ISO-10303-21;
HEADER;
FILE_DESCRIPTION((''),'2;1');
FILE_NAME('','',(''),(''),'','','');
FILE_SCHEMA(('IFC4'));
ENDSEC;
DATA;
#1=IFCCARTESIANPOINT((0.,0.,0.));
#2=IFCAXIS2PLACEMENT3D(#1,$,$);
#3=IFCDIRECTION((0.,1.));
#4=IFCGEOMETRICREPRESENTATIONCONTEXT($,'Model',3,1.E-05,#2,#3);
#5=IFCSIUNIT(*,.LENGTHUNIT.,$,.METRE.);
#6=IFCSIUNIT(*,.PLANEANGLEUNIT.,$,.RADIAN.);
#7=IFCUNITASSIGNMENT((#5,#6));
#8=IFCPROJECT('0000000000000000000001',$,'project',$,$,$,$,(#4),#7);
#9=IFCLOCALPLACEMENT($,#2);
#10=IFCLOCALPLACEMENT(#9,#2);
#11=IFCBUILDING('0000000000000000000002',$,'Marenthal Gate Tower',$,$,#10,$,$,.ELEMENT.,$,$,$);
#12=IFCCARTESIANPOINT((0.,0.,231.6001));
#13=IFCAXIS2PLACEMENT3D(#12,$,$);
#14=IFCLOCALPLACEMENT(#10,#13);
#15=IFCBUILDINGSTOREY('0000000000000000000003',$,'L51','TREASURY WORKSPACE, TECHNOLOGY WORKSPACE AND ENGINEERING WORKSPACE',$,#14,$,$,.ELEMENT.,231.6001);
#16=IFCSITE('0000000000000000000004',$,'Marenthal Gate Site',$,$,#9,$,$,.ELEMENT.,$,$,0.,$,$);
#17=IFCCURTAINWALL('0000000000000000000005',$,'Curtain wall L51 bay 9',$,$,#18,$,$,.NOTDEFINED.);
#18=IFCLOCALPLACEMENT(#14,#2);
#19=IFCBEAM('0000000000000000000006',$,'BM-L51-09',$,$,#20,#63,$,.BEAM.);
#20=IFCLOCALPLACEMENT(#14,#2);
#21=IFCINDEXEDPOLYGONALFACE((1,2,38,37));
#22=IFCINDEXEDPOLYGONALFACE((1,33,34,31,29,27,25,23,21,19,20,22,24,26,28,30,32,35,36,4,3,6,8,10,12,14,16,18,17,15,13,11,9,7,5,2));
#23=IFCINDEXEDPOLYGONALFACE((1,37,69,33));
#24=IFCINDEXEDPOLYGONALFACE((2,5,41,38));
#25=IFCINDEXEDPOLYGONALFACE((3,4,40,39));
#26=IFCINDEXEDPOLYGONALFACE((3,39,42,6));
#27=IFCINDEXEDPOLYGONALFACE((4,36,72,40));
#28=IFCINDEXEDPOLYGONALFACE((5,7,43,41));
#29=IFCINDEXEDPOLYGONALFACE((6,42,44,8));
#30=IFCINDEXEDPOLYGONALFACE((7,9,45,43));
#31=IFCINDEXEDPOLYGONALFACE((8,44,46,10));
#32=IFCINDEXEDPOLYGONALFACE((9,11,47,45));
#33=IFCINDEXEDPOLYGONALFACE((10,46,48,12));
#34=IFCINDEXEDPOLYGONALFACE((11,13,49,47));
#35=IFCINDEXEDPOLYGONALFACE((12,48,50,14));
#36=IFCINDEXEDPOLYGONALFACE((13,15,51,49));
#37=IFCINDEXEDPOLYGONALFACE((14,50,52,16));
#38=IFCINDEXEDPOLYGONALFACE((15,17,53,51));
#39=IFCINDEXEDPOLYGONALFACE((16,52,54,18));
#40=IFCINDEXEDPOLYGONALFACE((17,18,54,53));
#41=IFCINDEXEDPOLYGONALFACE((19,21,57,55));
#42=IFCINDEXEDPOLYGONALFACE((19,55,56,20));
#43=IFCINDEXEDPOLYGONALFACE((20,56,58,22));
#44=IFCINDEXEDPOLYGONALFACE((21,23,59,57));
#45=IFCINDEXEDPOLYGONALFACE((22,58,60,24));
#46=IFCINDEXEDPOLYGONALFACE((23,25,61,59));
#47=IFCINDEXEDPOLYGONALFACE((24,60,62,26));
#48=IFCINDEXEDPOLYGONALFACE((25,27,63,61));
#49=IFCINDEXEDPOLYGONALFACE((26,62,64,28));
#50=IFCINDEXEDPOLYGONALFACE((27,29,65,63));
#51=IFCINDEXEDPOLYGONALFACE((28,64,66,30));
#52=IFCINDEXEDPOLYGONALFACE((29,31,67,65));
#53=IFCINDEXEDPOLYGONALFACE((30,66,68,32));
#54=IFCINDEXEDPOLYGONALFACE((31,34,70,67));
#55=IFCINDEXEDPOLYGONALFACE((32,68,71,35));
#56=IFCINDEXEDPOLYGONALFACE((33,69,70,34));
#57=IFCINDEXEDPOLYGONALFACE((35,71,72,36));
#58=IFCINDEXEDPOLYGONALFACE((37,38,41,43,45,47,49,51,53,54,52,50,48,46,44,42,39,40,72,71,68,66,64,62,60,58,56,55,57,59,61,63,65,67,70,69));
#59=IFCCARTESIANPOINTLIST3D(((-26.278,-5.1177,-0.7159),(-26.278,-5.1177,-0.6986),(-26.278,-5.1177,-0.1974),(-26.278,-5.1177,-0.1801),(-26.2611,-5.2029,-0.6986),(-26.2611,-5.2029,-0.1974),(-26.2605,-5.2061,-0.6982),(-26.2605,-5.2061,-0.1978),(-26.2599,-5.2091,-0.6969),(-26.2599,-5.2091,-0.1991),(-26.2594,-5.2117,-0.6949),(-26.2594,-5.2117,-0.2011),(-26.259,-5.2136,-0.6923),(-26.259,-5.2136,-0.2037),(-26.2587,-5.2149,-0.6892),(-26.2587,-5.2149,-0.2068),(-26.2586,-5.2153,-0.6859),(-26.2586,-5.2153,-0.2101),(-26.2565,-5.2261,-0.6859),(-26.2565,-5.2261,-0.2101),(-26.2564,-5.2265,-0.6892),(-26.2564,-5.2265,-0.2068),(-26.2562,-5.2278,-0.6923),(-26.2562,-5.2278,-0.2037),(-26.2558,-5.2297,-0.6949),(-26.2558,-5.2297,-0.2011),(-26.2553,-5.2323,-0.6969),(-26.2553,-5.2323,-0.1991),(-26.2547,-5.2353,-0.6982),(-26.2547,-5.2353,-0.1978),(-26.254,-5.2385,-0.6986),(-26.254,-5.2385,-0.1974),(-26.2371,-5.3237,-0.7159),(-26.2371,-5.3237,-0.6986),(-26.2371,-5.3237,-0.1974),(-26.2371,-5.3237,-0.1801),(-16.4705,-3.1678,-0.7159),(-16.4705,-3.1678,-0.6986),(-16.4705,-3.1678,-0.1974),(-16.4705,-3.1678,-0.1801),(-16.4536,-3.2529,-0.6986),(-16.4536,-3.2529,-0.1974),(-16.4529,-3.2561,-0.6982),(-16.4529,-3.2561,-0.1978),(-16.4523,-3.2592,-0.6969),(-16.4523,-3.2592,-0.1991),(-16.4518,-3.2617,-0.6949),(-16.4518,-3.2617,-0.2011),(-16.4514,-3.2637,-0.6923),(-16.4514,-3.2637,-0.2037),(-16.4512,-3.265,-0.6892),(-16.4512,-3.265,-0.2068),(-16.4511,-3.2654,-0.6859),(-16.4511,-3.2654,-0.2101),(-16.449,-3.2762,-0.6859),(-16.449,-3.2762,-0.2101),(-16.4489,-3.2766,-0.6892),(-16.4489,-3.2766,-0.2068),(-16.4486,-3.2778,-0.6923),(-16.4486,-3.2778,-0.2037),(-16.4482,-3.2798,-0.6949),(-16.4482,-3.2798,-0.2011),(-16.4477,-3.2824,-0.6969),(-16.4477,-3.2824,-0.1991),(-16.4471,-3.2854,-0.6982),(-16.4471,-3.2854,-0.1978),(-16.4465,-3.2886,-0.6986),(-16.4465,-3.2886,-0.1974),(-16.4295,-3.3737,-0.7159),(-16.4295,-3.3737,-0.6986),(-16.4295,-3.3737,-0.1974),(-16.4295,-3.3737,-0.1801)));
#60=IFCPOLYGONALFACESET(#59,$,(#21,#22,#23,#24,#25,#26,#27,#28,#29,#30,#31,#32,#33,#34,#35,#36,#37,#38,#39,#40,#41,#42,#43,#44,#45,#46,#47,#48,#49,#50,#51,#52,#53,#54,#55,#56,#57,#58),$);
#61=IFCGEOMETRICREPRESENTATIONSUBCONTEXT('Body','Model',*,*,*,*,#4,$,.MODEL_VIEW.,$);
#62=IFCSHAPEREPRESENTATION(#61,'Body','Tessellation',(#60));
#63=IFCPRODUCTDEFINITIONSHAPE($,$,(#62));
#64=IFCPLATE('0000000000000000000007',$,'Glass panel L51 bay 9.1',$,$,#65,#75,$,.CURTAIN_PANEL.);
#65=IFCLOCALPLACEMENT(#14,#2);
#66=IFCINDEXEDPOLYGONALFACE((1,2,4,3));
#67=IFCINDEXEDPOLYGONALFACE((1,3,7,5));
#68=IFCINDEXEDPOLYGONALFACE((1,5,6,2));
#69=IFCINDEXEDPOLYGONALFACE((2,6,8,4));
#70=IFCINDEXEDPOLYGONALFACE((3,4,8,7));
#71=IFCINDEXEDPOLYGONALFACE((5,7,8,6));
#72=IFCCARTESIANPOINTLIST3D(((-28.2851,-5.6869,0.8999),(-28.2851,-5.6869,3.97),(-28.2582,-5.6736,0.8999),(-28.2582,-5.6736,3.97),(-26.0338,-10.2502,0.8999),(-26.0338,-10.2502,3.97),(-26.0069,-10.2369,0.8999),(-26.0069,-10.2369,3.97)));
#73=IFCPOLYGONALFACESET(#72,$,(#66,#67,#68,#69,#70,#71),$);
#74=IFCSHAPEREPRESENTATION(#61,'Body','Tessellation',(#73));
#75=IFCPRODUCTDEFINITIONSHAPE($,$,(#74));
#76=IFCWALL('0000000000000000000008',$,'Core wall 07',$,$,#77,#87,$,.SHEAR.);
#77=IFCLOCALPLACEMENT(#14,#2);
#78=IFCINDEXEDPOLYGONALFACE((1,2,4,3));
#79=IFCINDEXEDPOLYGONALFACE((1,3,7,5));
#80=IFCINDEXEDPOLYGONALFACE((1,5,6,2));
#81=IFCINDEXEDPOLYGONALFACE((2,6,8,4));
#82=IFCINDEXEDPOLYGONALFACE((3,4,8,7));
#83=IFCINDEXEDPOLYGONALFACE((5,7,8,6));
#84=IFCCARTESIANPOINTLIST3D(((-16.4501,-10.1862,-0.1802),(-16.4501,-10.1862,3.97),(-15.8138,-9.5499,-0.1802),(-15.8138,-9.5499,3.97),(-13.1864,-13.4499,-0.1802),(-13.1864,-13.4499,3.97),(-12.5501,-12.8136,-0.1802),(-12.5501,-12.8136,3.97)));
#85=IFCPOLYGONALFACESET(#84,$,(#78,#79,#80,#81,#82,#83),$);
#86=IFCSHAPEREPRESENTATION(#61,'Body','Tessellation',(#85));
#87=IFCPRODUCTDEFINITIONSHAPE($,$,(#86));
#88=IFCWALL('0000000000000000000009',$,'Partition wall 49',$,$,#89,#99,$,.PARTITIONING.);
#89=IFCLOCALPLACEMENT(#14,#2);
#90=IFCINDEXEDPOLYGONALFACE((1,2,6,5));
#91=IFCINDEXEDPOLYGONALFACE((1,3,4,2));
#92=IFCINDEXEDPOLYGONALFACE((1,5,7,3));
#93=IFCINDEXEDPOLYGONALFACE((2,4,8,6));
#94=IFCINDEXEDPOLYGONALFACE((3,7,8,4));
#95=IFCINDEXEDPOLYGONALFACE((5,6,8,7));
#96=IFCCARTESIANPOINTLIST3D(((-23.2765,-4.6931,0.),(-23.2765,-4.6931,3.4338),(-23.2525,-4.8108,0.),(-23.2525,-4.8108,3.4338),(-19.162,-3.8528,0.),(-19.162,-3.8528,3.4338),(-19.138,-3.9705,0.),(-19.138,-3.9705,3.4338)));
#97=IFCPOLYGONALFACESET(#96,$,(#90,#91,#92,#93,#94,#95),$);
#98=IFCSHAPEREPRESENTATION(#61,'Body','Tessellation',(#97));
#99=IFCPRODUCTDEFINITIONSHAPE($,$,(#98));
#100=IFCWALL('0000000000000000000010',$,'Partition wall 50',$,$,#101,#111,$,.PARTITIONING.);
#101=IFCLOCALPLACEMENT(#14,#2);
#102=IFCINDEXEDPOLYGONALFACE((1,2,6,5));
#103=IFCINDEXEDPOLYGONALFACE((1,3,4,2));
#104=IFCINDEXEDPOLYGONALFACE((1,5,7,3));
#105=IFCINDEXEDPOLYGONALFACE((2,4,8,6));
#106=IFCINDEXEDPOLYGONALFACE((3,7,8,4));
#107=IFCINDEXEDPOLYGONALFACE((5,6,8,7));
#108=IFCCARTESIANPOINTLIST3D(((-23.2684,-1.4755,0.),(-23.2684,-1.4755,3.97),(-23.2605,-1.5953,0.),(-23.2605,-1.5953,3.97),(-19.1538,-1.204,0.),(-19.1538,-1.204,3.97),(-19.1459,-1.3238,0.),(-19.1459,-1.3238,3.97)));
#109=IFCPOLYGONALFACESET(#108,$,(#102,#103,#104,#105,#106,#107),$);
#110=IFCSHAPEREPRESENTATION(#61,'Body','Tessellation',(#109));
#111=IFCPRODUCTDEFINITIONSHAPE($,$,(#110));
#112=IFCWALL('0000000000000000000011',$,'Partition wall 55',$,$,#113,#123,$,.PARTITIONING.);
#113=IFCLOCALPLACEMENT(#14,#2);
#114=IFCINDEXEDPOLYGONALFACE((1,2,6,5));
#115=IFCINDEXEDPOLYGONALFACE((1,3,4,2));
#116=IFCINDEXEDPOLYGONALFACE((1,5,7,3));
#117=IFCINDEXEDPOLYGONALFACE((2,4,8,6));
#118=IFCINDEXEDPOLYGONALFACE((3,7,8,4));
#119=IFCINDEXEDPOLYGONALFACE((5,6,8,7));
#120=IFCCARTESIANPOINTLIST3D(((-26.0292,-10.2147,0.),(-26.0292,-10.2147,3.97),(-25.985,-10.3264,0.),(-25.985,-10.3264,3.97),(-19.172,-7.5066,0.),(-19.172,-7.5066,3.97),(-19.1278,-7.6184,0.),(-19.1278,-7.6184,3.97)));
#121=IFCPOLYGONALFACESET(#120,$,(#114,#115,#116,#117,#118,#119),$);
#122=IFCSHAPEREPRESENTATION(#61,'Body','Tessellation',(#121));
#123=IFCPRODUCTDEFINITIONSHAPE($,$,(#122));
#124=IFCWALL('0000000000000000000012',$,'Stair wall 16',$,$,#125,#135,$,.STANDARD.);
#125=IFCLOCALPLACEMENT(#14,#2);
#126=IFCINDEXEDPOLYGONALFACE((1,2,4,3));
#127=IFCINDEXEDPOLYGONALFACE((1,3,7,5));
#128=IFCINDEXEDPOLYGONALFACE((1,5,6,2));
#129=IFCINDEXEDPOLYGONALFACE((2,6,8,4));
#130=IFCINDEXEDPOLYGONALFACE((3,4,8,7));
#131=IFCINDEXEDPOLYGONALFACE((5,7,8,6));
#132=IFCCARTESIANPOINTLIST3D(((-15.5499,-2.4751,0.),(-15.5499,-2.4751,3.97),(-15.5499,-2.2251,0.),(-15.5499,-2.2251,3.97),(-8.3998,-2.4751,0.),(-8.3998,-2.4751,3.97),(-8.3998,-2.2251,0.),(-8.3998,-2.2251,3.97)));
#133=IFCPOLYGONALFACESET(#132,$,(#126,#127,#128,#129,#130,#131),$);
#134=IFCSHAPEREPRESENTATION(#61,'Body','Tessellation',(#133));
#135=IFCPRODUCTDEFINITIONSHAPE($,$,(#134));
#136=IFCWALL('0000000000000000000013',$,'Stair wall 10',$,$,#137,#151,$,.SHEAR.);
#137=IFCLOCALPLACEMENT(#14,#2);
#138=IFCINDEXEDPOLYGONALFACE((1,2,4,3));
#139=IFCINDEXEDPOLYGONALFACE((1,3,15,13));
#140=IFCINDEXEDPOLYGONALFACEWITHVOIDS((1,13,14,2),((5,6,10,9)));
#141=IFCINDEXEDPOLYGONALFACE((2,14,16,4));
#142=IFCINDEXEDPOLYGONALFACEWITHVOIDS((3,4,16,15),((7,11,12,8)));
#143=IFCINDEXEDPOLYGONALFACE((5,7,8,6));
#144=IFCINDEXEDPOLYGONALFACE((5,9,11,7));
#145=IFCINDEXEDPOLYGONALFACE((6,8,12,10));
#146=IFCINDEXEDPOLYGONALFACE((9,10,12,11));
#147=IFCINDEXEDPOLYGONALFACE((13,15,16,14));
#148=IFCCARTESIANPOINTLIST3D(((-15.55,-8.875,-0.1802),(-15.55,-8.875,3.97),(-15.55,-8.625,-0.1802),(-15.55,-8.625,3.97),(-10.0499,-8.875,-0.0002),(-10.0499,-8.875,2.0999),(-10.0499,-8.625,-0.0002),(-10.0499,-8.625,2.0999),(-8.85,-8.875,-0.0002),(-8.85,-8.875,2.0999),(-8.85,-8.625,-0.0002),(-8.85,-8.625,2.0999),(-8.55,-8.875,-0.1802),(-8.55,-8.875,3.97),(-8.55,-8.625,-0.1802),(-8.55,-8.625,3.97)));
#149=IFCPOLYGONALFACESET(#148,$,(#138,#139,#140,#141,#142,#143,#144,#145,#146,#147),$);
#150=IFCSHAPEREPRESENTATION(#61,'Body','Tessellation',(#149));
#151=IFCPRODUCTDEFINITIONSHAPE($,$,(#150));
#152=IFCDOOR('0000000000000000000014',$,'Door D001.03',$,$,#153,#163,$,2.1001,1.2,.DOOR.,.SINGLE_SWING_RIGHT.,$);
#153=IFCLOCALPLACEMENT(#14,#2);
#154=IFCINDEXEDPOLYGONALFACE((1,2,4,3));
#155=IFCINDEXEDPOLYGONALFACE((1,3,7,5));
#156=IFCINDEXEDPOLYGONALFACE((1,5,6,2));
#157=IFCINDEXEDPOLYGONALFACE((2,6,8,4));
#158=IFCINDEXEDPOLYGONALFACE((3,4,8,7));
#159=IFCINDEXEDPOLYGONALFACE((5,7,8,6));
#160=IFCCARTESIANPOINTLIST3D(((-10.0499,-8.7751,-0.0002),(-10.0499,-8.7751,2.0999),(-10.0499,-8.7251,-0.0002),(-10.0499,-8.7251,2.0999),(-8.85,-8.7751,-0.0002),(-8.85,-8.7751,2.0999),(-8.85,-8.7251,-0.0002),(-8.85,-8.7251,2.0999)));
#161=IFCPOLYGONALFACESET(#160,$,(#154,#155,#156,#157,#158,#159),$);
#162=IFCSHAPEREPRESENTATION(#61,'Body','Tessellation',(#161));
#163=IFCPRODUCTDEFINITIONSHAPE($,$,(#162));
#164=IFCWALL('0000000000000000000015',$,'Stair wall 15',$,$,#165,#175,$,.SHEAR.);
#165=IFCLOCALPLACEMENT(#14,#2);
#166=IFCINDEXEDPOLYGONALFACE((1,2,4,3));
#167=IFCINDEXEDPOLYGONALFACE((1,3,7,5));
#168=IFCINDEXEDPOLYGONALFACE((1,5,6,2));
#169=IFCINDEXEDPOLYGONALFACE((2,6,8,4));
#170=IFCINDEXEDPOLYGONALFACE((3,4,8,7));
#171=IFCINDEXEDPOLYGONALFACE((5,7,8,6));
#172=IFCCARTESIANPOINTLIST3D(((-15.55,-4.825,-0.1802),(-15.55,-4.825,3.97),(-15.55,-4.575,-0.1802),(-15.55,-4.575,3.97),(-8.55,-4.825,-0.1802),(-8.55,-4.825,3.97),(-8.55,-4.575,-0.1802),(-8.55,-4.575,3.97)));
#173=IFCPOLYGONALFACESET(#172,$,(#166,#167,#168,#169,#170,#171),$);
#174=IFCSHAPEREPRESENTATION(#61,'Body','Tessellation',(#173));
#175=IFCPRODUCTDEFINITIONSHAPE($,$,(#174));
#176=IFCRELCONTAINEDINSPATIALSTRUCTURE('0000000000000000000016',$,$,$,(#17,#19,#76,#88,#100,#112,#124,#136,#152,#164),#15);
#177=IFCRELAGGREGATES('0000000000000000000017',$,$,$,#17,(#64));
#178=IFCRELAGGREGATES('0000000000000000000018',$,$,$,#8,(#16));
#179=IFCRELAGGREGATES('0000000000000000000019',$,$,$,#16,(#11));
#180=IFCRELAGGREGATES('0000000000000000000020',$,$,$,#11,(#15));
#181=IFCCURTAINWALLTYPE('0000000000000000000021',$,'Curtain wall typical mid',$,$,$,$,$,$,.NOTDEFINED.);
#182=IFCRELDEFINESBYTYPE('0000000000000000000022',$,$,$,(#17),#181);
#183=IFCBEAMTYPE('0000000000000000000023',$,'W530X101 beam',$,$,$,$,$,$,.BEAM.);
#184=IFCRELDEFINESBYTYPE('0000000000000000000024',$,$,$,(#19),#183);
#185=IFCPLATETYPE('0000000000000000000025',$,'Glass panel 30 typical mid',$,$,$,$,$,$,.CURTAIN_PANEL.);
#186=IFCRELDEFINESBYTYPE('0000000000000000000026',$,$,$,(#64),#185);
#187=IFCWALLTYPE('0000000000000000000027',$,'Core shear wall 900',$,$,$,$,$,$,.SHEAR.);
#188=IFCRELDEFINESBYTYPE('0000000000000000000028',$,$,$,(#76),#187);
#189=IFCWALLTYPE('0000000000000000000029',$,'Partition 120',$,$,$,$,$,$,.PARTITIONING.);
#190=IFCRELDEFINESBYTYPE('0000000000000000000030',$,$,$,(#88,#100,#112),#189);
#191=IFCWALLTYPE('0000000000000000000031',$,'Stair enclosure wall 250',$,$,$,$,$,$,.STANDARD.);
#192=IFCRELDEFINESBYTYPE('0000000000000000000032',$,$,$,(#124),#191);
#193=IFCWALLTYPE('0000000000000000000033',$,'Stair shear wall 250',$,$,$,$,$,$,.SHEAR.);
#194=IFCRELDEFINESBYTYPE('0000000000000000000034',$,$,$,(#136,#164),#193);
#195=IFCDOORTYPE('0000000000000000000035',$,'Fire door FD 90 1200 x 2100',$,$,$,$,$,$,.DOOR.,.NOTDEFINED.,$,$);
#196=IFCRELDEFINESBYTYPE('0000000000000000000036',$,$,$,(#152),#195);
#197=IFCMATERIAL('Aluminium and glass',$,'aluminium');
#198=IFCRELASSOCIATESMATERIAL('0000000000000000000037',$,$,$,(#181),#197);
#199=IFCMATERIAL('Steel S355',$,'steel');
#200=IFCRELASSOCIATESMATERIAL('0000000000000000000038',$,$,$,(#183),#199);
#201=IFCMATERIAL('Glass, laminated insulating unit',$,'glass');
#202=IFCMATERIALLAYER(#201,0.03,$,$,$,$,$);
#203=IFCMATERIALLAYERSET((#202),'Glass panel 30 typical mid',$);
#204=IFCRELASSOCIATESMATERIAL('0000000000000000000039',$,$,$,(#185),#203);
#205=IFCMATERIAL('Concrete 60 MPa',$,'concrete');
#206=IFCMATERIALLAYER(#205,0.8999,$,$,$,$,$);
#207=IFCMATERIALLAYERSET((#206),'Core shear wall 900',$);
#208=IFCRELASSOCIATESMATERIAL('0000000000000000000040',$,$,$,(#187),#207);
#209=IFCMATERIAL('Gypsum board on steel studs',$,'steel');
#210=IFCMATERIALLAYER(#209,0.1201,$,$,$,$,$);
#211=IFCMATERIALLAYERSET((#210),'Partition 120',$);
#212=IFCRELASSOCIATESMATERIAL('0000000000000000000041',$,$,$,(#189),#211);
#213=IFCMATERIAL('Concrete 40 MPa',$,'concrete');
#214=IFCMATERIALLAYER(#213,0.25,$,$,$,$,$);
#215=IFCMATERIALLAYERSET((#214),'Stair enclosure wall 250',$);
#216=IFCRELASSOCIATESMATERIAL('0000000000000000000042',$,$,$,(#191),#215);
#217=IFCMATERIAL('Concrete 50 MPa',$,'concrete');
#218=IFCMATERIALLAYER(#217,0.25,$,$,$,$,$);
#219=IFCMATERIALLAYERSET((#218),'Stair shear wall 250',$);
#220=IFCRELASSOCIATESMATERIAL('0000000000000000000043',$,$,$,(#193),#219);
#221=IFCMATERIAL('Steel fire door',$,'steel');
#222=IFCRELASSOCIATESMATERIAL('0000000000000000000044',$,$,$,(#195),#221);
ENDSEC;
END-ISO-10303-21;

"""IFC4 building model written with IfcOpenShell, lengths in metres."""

from ifc_helpers import new_model, si_unit, direction, frame, frame_2d, origin, origin_2d, place, context, subcontext, project, spatial, rectangle, i_section, extrude, material, layer, layer_set, material_profile, profile_set, type_object, element, fill, aggregate, save


model = new_model("IFC4")

# Units and contexts
model_context = context("Model", 3, precision=1e-05, world=origin(), true_north=direction((0.0, 1.0)))
body_context = subcontext(model_context, "Body", "Model", "MODEL_VIEW")
ifc_project = project(units=[si_unit("LENGTHUNIT", "METRE"), si_unit("PLANEANGLEUNIT", "RADIAN")], contexts=[model_context])

# Site, building, storey
site_placement = place(None, origin())
site = spatial("IfcSite", under=ifc_project, at=site_placement, Name="Marenthal Gate Site", CompositionType="ELEMENT", RefElevation=0.0)
building_placement = place(site_placement, origin())
building = spatial("IfcBuilding", under=site, at=building_placement, Name="Marenthal Gate Tower", CompositionType="ELEMENT")
storey_placement = place(building_placement, frame((0.0, 0.0, 231.6001)))
storey = spatial("IfcBuildingStorey", under=building, at=storey_placement, Name="L51", Description="TREASURY WORKSPACE, TECHNOLOGY WORKSPACE AND ENGINEERING WORKSPACE", CompositionType="ELEMENT", Elevation=231.6001)

# Curtain wall
ifc_material_1 = material(Name="Aluminium and glass", Category="aluminium")
curtain_wall_type = type_object("IfcCurtainWallType", Name="Curtain wall typical mid", PredefinedType="NOTDEFINED", material=ifc_material_1)
curtain_wall_placement = place(storey_placement, origin())
curtain_wall = element("IfcCurtainWall", 1, at=curtain_wall_placement, inside=storey, type_object=curtain_wall_type, Name="Curtain wall L51 bay 9", PredefinedType="NOTDEFINED")

# Beam
ifc_material_2 = material(Name="Steel S355", Category="steel")
ifc_material_profile_1 = material_profile(ifc_material_2, i_section(OverallWidth=0.21, OverallDepth=0.5359, WebThickness=0.011, FlangeThickness=0.0173, FilletRadius=0.0127, at=origin_2d()), Name="W530X101")
ifc_profile_set_1 = profile_set([ifc_material_profile_1], Name="Steel S355")
beam_type_1 = type_object("IfcBeamType", Name="W530X101 beam", PredefinedType="BEAM", material=ifc_profile_set_1)
beam_1_placement = place(storey_placement, frame((-26.2576, -5.2207, -0.448), z_axis=(0.980803, 0.195003, 0.0), x_axis=(-0.195003, 0.980803, 0.0)))
element("IfcBeam", 2, at=beam_1_placement, inside=storey, type_object=beam_type_1, Name="BM-L51-09", PredefinedType="BEAM", context=body_context, shape_type="SweptSolid", body=[
    extrude(i_section(OverallWidth=0.21, OverallDepth=0.5359, WebThickness=0.011, FlangeThickness=0.0173, FilletRadius=0.0127, at=origin_2d()), origin(), (0.0, 0.0, 1.0), 9.9995),
])

# Plate
ifc_material_3 = material(Name="Glass, laminated insulating unit", Category="glass")
ifc_layer_1 = layer(ifc_material_3, 0.03)
ifc_layer_set_1 = layer_set([ifc_layer_1], Name="Glass panel 30 typical mid")
plate_type = type_object("IfcPlateType", Name="Glass panel 30 typical mid", PredefinedType="CURTAIN_PANEL", material=ifc_layer_set_1)
plate_placement = place(storey_placement, frame((-27.146, -7.9619, 0.8999), z_axis=(0.0, 0.0, 1.0), x_axis=(0.442441, -0.896798, 0.0)))
plate = element("IfcPlate", 3, at=plate_placement, type_object=plate_type, Name="Glass panel L51 bay 9.1", PredefinedType="CURTAIN_PANEL", context=body_context, shape_type="SweptSolid", body=[
    extrude(rectangle(XDim=5.0884, YDim=0.03, at=origin_2d()), origin(), (0.0, 0.0, 1.0), 3.0701),
])
aggregate(curtain_wall, [plate])

# Walls
ifc_material_4 = material(Name="Concrete 60 MPa", Category="concrete")
ifc_layer_2 = layer(ifc_material_4, 0.8999)
ifc_layer_set_2 = layer_set([ifc_layer_2], Name="Core shear wall 900")
wall_type_1 = type_object("IfcWallType", Name="Core shear wall 900", PredefinedType="SHEAR", material=ifc_layer_set_2)
wall_1_placement = place(storey_placement, frame((-16.1318, -9.8682, -0.1802), z_axis=(0.0, 0.0, 1.0), x_axis=(0.707107, -0.707107, 0.0)))
element("IfcWall", 4, at=wall_1_placement, inside=storey, type_object=wall_type_1, Name="Core wall 07", PredefinedType="SHEAR", context=body_context, shape_type="SweptSolid", body=[
    extrude(rectangle(XDim=4.6155, YDim=0.8999, at=frame_2d((2.3076, 0.0))), origin(), (0.0, 0.0, 1.0), 4.1501),
])
ifc_material_5 = material(Name="Gypsum board on steel studs", Category="steel")
ifc_layer_3 = layer(ifc_material_5, 0.1201)
ifc_layer_set_3 = layer_set([ifc_layer_3], Name="Partition 120")
wall_type_2 = type_object("IfcWallType", Name="Partition 120", PredefinedType="PARTITIONING", material=ifc_layer_set_3)
wall_2_placement = place(storey_placement, frame((-23.2644, -4.752, 0.0), z_axis=(0.0, 0.0, 1.0), x_axis=(0.979774, 0.200106, 0.0)))
element("IfcWall", 5, at=wall_2_placement, inside=storey, type_object=wall_type_2, Name="Partition wall 49", PredefinedType="PARTITIONING", context=body_context, shape_type="SweptSolid", body=[
    extrude(rectangle(XDim=4.1995, YDim=0.1201, at=frame_2d((2.0996, 0.0))), origin(), (0.0, 0.0, 1.0), 3.4338),
])
wall_3_placement = place(storey_placement, frame((-23.2644, -1.5354, 0.0), z_axis=(0.0, 0.0, 1.0), x_axis=(0.99783, 0.065839, 0.0)))
element("IfcWall", 6, at=wall_3_placement, inside=storey, type_object=wall_type_2, Name="Partition wall 50", PredefinedType="PARTITIONING", context=body_context, shape_type="SweptSolid", body=[
    extrude(rectangle(XDim=4.1235, YDim=0.1201, at=frame_2d((2.0618, 0.0))), origin(), (0.0, 0.0, 1.0), 3.97),
])
wall_4_placement = place(storey_placement, frame((-19.1499, -7.5625, 0.0), z_axis=(0.0, 0.0, 1.0), x_axis=(-0.930098, -0.367311, 0.0)))
element("IfcWall", 7, at=wall_4_placement, inside=storey, type_object=wall_type_2, Name="Partition wall 55", PredefinedType="PARTITIONING", context=body_context, shape_type="SweptSolid", body=[
    extrude(rectangle(XDim=7.3726, YDim=0.1201, at=frame_2d((3.6863, 0.0))), origin(), (0.0, 0.0, 1.0), 3.97),
])
ifc_material_6 = material(Name="Concrete 40 MPa", Category="concrete")
ifc_layer_4 = layer(ifc_material_6, 0.25)
ifc_layer_set_4 = layer_set([ifc_layer_4], Name="Stair enclosure wall 250")
wall_type_3 = type_object("IfcWallType", Name="Stair enclosure wall 250", PredefinedType="STANDARD", material=ifc_layer_set_4)
wall_5_placement = place(storey_placement, frame((-15.55, -2.3501, 0.0), z_axis=(0.0, 0.0, 1.0), x_axis=(1.0, 0.0, 0.0)))
element("IfcWall", 8, at=wall_5_placement, inside=storey, type_object=wall_type_3, Name="Stair wall 16", PredefinedType="STANDARD", context=body_context, shape_type="SweptSolid", body=[
    extrude(rectangle(XDim=7.1501, YDim=0.25, at=frame_2d((3.5752, 0.0))), origin(), (0.0, 0.0, 1.0), 3.97),
])

# Wall, opening, door
ifc_material_7 = material(Name="Concrete 50 MPa", Category="concrete")
ifc_layer_5 = layer(ifc_material_7, 0.25)
ifc_layer_set_5 = layer_set([ifc_layer_5], Name="Stair shear wall 250")
wall_type_4 = type_object("IfcWallType", Name="Stair shear wall 250", PredefinedType="SHEAR", material=ifc_layer_set_5)
wall_6_placement = place(storey_placement, frame((-15.55, -8.75, -0.1802), z_axis=(0.0, 0.0, 1.0), x_axis=(1.0, 0.0, 0.0)))
wall_6 = element("IfcWall", 9, at=wall_6_placement, inside=storey, type_object=wall_type_4, Name="Stair wall 10", PredefinedType="SHEAR", context=body_context, shape_type="SweptSolid", body=[
    extrude(rectangle(XDim=7.0, YDim=0.25, at=frame_2d((3.5, 0.0))), origin(), (0.0, 0.0, 1.0), 4.1501),
])
opening_placement = place(wall_6_placement, frame((5.5, 0.0, 0.1799)))
opening = element("IfcOpeningElement", 10, at=opening_placement, cuts=wall_6, PredefinedType="OPENING", context=body_context, shape_type="SweptSolid", body=[
    extrude(rectangle(XDim=1.2, YDim=2.1001, at=frame_2d((0.6001, 1.05))), frame((0.0, 0.135, 0.0), z_axis=(0.0, -1.0, 0.0), x_axis=(1.0, 0.0, 0.0)), (0.0, 0.0, 1.0), 0.27),
])
ifc_material_8 = material(Name="Steel fire door", Category="steel")
door_type = type_object("IfcDoorType", Name="Fire door FD 90 1200 x 2100", OperationType="NOTDEFINED", PredefinedType="DOOR", material=ifc_material_8)
door_placement = place(opening_placement, origin())
door = element("IfcDoor", 11, at=door_placement, inside=storey, type_object=door_type, Name="Door D001.03", OperationType="SINGLE_SWING_RIGHT", OverallHeight=2.1001, OverallWidth=1.2, PredefinedType="DOOR", context=body_context, shape_type="SweptSolid", body=[
    extrude(rectangle(XDim=1.2, YDim=2.1001, at=frame_2d((0.6001, 1.05))), frame((0.0, 0.0249, 0.0), z_axis=(0.0, -1.0, 0.0), x_axis=(1.0, 0.0, 0.0)), (0.0, 0.0, 1.0), 0.05),
])
fill(opening, door)

# Wall
wall_7_placement = place(storey_placement, frame((-15.55, -4.7, -0.1802), z_axis=(0.0, 0.0, 1.0), x_axis=(1.0, 0.0, 0.0)))
element("IfcWall", 12, at=wall_7_placement, inside=storey, type_object=wall_type_4, Name="Stair wall 15", PredefinedType="SHEAR", context=body_context, shape_type="SweptSolid", body=[
    extrude(rectangle(XDim=7.0, YDim=0.25, at=frame_2d((3.5, 0.0))), origin(), (0.0, 0.0, 1.0), 4.1501),
])

save(model, "model.ifc")
